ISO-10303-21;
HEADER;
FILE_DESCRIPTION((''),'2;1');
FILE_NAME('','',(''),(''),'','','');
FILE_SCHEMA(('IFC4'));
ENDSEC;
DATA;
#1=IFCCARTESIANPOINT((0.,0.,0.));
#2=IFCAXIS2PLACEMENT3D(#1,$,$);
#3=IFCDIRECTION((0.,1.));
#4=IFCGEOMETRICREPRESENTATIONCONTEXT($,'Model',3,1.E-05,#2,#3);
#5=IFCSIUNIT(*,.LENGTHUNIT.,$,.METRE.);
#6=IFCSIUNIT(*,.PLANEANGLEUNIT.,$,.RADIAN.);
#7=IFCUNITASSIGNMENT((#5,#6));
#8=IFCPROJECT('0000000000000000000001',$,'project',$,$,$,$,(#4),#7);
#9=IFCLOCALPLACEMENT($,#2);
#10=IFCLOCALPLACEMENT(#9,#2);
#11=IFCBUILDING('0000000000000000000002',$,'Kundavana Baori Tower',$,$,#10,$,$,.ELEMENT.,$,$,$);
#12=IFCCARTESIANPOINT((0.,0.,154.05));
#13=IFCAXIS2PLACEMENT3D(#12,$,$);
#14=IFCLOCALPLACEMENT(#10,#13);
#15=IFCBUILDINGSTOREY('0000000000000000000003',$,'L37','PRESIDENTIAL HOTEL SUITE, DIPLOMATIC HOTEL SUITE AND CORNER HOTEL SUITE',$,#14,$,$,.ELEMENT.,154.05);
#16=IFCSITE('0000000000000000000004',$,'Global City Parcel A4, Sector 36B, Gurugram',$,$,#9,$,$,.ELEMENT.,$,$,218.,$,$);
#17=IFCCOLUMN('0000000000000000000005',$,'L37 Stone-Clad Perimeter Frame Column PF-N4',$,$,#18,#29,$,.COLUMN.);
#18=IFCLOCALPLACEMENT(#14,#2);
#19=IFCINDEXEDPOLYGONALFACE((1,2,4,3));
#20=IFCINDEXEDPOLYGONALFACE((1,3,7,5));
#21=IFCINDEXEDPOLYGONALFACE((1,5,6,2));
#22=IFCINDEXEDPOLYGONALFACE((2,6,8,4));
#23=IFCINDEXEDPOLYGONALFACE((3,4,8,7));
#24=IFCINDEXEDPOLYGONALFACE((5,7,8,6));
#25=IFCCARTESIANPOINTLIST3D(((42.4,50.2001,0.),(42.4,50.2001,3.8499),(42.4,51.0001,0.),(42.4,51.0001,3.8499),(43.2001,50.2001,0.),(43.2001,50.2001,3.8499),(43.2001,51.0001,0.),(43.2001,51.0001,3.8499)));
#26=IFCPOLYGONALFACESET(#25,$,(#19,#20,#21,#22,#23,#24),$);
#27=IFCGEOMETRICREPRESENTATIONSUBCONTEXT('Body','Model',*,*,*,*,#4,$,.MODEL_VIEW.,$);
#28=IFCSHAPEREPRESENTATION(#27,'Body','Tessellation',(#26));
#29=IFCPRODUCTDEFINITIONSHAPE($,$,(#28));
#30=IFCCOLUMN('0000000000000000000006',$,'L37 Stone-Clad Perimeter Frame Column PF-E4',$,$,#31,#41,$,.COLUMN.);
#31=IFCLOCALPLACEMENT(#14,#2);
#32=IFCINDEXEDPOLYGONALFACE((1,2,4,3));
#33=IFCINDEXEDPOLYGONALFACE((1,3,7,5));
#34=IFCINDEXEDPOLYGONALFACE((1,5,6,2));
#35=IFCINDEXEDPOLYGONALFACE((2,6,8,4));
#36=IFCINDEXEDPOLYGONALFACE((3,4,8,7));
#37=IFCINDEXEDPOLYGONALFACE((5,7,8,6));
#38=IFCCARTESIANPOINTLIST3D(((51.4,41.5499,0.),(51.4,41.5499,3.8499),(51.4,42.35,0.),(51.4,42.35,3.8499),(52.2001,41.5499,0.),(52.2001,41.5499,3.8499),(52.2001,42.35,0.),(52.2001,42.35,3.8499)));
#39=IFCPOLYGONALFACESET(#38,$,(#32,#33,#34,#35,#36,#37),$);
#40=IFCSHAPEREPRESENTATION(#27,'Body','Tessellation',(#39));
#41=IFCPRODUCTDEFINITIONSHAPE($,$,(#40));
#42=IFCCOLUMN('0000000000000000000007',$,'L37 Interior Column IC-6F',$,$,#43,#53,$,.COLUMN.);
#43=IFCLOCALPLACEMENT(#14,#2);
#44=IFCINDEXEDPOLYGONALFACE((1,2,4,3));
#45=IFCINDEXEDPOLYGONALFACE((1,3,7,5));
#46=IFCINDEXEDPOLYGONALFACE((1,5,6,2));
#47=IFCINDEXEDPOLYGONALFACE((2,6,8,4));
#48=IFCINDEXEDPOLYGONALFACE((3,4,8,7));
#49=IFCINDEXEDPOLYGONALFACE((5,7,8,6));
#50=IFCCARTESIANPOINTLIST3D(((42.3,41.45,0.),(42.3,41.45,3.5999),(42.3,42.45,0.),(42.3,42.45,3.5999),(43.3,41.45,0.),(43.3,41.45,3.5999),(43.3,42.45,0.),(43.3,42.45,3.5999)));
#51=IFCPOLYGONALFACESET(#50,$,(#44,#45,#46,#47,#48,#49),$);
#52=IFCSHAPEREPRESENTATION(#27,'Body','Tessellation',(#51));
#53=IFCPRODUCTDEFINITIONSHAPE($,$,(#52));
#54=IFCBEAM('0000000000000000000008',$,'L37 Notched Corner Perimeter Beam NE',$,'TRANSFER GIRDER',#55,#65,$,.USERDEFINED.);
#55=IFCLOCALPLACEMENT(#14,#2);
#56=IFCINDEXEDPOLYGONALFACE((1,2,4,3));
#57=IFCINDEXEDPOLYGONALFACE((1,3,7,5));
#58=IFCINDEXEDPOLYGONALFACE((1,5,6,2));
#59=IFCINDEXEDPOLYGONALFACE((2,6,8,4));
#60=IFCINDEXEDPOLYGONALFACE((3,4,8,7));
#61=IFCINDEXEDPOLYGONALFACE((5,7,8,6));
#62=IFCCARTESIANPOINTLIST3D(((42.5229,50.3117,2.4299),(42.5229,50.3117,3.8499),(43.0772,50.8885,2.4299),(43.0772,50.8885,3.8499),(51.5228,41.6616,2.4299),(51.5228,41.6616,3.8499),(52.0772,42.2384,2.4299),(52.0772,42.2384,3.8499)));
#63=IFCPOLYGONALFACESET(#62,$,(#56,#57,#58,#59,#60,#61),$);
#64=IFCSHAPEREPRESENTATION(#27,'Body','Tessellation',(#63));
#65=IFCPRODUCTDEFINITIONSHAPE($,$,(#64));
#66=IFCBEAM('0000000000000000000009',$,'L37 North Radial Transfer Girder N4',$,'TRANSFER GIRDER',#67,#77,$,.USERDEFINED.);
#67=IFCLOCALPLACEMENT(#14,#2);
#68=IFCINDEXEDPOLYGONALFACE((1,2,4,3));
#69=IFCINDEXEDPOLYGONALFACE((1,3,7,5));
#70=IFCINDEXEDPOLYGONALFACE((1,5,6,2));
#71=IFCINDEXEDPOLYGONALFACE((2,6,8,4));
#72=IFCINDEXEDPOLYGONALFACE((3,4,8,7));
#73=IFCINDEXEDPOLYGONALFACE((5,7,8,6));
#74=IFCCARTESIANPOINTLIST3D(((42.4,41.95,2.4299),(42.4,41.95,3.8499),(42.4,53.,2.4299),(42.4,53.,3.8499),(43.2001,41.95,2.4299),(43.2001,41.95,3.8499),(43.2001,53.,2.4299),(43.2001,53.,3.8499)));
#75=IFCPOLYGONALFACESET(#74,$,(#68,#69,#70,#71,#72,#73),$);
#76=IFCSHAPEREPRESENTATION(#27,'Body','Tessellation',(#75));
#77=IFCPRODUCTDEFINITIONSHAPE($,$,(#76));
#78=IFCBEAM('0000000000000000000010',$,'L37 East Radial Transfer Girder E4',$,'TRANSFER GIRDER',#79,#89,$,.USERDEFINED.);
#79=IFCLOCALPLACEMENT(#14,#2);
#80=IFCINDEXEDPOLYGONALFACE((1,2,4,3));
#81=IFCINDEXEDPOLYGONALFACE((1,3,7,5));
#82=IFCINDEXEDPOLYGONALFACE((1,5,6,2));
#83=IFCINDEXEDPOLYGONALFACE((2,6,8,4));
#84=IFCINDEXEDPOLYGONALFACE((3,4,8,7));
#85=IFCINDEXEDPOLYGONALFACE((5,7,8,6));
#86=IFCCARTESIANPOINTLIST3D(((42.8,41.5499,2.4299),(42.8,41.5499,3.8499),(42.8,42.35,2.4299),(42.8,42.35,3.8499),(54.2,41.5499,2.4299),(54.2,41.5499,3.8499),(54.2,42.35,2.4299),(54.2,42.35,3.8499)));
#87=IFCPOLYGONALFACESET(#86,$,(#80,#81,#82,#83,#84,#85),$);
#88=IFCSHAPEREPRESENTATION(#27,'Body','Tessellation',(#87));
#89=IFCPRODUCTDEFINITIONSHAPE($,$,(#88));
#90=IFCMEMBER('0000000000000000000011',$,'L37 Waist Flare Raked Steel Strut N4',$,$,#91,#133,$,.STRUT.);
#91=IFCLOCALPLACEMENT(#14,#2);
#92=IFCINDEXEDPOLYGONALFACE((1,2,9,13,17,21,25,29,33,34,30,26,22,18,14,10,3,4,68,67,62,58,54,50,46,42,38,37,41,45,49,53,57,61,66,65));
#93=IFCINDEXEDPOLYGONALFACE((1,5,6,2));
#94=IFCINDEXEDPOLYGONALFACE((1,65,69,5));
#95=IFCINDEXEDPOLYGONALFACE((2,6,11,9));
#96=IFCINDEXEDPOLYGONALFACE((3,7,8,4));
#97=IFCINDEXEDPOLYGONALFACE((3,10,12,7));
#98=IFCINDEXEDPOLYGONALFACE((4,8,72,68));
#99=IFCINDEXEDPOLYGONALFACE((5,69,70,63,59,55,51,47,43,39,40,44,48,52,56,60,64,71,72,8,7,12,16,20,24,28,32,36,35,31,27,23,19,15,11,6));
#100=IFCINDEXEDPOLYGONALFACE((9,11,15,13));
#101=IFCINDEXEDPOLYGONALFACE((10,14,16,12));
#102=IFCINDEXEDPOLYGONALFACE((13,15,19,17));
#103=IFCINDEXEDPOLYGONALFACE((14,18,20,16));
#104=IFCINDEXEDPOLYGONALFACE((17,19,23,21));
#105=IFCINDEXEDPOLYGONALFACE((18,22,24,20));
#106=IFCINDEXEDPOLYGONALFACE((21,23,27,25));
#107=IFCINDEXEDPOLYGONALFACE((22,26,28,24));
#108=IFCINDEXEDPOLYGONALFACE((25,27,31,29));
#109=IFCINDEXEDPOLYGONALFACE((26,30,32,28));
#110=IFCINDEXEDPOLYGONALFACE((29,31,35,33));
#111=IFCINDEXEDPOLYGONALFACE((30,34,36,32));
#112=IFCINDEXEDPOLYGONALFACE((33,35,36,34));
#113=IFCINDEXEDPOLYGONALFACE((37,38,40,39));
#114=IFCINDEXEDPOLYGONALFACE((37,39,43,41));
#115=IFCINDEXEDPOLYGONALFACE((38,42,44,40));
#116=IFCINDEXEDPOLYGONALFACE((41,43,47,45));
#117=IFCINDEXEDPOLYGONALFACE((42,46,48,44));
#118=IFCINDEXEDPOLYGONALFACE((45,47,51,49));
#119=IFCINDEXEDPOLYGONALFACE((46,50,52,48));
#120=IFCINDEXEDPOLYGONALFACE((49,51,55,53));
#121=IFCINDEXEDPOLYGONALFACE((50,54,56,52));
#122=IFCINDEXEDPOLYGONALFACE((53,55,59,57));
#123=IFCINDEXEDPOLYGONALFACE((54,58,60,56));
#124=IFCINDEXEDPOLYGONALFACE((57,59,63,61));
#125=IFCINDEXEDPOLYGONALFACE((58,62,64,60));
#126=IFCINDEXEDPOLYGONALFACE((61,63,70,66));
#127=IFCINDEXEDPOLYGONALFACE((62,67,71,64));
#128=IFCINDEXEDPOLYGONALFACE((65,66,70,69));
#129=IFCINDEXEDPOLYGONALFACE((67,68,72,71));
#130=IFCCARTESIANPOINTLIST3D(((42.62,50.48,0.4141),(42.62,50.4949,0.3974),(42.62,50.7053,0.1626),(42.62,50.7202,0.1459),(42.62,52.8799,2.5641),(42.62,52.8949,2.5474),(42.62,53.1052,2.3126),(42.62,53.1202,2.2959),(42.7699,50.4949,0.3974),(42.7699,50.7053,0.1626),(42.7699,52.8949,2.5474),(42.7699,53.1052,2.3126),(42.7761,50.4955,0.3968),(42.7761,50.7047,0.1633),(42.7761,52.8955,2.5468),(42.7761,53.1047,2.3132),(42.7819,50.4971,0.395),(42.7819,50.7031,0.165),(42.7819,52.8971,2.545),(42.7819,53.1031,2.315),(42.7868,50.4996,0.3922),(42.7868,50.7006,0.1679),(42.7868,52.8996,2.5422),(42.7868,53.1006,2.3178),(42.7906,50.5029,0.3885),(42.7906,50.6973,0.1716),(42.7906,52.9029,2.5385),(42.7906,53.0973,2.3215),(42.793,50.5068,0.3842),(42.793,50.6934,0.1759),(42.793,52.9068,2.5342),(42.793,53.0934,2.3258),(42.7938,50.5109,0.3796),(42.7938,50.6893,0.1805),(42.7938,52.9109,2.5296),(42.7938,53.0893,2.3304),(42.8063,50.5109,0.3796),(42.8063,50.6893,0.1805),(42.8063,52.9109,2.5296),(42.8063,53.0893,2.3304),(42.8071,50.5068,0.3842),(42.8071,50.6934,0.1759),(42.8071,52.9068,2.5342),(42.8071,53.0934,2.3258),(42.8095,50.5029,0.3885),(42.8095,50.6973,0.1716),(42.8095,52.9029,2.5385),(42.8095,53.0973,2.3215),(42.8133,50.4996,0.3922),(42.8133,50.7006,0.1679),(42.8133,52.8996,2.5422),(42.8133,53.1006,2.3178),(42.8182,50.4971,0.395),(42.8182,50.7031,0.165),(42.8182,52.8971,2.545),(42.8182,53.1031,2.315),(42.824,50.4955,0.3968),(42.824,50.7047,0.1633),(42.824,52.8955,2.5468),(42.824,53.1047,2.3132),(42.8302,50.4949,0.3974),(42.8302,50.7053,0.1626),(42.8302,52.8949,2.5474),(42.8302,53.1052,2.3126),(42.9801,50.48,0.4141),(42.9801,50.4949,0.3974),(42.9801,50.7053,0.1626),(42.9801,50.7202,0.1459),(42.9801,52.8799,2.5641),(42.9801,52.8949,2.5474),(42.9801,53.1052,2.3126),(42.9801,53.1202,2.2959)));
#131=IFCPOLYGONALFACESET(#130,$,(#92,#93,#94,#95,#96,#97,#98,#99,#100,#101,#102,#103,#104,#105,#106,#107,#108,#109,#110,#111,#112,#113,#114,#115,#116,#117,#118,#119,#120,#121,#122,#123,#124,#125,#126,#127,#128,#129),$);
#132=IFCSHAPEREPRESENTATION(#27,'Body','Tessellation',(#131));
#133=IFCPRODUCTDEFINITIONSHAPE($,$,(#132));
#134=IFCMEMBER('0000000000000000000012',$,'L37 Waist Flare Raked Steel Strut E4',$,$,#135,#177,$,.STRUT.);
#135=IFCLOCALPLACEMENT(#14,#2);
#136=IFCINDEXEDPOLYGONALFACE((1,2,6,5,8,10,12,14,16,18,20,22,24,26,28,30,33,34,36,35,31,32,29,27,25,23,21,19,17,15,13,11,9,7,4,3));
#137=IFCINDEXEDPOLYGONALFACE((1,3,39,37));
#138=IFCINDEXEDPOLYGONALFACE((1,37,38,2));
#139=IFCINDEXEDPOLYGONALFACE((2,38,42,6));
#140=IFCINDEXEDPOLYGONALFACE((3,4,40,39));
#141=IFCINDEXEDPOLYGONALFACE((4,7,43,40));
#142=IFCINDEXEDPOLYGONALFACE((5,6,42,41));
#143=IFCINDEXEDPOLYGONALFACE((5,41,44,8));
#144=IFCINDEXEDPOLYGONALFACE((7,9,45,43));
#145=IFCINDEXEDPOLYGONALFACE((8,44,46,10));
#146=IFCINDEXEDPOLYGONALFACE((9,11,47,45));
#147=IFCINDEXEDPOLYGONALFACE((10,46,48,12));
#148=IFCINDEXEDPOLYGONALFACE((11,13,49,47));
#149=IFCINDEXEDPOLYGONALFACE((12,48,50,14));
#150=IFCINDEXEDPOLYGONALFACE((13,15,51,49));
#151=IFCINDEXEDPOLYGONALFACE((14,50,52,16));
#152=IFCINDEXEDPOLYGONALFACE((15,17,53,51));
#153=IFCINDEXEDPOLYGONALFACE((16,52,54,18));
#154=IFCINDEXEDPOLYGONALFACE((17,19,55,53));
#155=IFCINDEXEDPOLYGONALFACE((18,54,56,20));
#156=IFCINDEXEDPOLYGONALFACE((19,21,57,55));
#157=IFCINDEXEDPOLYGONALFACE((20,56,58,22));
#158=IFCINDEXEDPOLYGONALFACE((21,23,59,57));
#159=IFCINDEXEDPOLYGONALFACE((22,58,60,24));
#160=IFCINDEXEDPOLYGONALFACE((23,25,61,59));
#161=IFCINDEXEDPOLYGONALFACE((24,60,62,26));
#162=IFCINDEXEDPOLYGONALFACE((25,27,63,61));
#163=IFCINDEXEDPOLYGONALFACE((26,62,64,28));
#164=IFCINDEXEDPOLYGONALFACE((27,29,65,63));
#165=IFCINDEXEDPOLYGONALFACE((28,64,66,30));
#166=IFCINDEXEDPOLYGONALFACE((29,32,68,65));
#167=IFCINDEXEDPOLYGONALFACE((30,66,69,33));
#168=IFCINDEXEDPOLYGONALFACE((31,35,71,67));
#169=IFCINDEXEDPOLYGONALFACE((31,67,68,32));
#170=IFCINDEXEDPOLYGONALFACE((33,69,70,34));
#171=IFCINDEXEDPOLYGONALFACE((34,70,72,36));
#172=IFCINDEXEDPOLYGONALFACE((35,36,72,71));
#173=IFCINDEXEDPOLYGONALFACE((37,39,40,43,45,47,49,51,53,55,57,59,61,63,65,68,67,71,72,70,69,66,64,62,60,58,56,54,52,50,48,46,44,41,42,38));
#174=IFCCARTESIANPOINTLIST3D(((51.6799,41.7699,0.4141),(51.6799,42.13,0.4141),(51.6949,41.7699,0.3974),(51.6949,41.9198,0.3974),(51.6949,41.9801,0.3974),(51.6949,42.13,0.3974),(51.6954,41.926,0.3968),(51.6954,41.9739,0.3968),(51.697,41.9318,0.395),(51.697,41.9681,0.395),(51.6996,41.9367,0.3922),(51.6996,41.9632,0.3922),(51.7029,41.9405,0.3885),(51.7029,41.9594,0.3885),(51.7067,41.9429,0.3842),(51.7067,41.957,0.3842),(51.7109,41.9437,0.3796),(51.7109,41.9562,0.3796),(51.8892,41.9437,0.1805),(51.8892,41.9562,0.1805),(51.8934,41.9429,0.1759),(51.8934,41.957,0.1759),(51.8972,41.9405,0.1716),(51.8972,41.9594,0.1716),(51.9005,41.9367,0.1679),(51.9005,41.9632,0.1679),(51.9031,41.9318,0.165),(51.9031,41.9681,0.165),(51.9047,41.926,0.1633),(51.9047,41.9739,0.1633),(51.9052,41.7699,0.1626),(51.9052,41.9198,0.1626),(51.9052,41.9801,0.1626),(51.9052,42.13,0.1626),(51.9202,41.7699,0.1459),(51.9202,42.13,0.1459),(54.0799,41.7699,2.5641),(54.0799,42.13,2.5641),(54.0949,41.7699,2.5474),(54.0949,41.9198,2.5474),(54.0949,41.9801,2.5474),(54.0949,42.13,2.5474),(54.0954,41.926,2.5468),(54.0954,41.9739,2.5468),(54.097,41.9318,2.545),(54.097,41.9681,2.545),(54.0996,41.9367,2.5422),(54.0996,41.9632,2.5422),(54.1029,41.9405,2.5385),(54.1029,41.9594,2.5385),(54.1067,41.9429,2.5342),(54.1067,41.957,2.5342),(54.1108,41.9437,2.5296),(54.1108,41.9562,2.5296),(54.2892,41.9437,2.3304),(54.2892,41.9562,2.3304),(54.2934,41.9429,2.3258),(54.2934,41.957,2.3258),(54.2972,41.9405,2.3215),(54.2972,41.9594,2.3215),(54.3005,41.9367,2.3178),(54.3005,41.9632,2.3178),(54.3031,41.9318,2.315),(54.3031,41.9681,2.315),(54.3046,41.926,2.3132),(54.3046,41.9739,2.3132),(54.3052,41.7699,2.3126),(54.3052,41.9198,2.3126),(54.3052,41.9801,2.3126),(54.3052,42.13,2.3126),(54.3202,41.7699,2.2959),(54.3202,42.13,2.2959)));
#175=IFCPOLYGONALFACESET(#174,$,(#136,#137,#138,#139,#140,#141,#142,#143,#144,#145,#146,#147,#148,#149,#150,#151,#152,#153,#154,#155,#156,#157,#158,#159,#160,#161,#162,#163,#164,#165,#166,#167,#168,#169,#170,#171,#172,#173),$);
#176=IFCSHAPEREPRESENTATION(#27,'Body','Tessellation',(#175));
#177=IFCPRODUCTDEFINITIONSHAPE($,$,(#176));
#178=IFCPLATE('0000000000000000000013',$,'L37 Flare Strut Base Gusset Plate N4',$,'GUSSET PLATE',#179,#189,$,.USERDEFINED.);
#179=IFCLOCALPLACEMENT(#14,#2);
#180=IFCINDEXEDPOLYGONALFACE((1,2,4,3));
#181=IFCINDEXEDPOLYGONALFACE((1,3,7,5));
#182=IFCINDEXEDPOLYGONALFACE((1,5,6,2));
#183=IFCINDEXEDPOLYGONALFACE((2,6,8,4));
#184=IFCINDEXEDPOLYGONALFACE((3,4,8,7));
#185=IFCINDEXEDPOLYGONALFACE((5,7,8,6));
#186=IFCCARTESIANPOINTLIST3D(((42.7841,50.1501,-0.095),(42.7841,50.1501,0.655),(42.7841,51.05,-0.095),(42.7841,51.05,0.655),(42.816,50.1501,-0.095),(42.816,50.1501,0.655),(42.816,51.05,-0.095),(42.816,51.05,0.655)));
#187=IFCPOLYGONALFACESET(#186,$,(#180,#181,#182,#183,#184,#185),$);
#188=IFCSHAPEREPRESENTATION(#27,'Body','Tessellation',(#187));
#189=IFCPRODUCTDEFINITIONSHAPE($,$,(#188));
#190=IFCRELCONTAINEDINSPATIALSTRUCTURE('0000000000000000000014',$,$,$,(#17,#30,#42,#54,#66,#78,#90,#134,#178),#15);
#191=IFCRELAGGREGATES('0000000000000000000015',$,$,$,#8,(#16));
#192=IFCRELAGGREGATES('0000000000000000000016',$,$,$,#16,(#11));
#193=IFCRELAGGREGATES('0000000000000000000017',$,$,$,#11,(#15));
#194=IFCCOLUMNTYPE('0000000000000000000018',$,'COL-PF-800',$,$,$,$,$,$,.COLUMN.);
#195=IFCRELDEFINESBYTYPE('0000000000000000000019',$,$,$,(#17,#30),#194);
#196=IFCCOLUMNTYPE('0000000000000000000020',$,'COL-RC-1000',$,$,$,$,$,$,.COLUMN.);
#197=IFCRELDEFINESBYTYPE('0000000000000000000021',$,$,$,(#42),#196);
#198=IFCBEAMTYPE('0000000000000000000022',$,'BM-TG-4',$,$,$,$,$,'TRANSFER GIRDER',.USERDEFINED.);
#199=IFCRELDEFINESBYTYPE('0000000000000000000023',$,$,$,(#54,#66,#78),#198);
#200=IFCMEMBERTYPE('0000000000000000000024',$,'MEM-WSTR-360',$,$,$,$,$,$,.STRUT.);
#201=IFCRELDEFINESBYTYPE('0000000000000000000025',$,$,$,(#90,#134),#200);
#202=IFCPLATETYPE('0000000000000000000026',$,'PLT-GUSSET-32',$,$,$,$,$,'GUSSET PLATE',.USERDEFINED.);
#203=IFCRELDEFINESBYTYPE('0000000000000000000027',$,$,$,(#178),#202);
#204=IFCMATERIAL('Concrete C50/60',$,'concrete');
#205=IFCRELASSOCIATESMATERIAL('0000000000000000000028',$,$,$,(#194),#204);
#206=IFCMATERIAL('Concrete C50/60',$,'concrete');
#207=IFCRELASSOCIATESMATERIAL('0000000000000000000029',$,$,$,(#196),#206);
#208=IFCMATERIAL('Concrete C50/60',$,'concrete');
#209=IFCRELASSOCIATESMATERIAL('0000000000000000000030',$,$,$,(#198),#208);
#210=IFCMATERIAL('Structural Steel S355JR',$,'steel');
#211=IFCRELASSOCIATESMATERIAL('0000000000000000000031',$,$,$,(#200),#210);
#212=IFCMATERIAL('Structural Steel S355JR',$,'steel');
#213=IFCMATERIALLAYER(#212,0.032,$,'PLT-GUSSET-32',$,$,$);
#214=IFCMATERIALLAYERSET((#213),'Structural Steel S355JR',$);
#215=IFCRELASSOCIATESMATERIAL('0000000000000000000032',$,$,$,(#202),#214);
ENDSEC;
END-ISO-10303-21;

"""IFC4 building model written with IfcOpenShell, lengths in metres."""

from ifc_helpers import new_model, si_unit, direction, frame, origin, origin_2d, place, context, subcontext, project, spatial, rectangle, i_section, extrude, material, layer, layer_set, material_profile, profile_set, type_object, element, save


model = new_model("IFC4")

# Units and contexts
model_context = context("Model", 3, precision=1e-05, world=origin(), true_north=direction((0.0, 1.0)))
body_context = subcontext(model_context, "Body", "Model", "MODEL_VIEW")
ifc_project = project(units=[si_unit("LENGTHUNIT", "METRE"), si_unit("PLANEANGLEUNIT", "RADIAN")], contexts=[model_context])

# Site, building, storey
site_placement = place(None, origin())
site = spatial("IfcSite", under=ifc_project, at=site_placement, Name="Global City Parcel A4, Sector 36B, Gurugram", CompositionType="ELEMENT", RefElevation=218.0)
building_placement = place(site_placement, origin())
building = spatial("IfcBuilding", under=site, at=building_placement, Name="Kundavana Baori Tower", CompositionType="ELEMENT")
storey_placement = place(building_placement, frame((0.0, 0.0, 154.05)))
storey = spatial("IfcBuildingStorey", under=building, at=storey_placement, Name="L37", Description="PRESIDENTIAL HOTEL SUITE, DIPLOMATIC HOTEL SUITE AND CORNER HOTEL SUITE", CompositionType="ELEMENT", Elevation=154.05)

# Columns
ifc_material_1 = material(Name="Concrete C50/60", Category="concrete")
ifc_material_profile_1 = material_profile(ifc_material_1, rectangle(XDim=0.8, YDim=0.8, at=origin_2d()), Name="RC PF 800x800")
ifc_profile_set_1 = profile_set([ifc_material_profile_1], Name="Concrete C50/60")
column_type_1 = type_object("IfcColumnType", Name="COL-PF-800", PredefinedType="COLUMN", material=ifc_profile_set_1)
for number, where, z_axis, x_axis, name in (
    (1, (42.8, 50.6001, 0.0), (0.0, 0.0, 1.0), (1.0, 0.0, 0.0), "L37 Stone-Clad Perimeter Frame Column PF-N4"),
    (2, (51.8, 41.95, 0.0), (0.0, 0.0, 1.0), (1.0, 0.0, 0.0), "L37 Stone-Clad Perimeter Frame Column PF-E4"),
):
    element("IfcColumn", number, at=place(storey_placement, frame(where, z_axis=z_axis, x_axis=x_axis)), inside=storey, type_object=column_type_1, Name=name, PredefinedType="COLUMN", context=body_context, shape_type="SweptSolid", body=[
        extrude(rectangle(XDim=0.8, YDim=0.8, at=origin_2d()), origin(), (0.0, 0.0, 1.0), 3.8499),
    ])
ifc_material_2 = material(Name="Concrete C50/60", Category="concrete")
ifc_material_profile_2 = material_profile(ifc_material_2, rectangle(XDim=1.0, YDim=1.0, at=origin_2d()), Name="RC 1000x1000")
ifc_profile_set_2 = profile_set([ifc_material_profile_2], Name="Concrete C50/60")
column_type_2 = type_object("IfcColumnType", Name="COL-RC-1000", PredefinedType="COLUMN", material=ifc_profile_set_2)
column_placement = place(storey_placement, frame((42.8, 41.95, 0.0), z_axis=(0.0, 0.0, 1.0), x_axis=(1.0, 0.0, 0.0)))
element("IfcColumn", 3, at=column_placement, inside=storey, type_object=column_type_2, Name="L37 Interior Column IC-6F", PredefinedType="COLUMN", context=body_context, shape_type="SweptSolid", body=[
    extrude(rectangle(XDim=1.0, YDim=1.0, at=origin_2d()), origin(), (0.0, 0.0, 1.0), 3.5999),
])

# Beams
ifc_material_3 = material(Name="Concrete C50/60", Category="concrete")
ifc_material_profile_3 = material_profile(ifc_material_3, rectangle(XDim=0.8, YDim=1.4199, at=origin_2d()), Name="BM-TG-4")
ifc_profile_set_3 = profile_set([ifc_material_profile_3], Name="Concrete C50/60")
beam_type = type_object("IfcBeamType", Name="BM-TG-4", ElementType="TRANSFER GIRDER", PredefinedType="USERDEFINED", material=ifc_profile_set_3)
beam_1_placement = place(storey_placement, frame((42.8, 50.6001, 3.1399), z_axis=(0.720981, -0.692955, 0.0), x_axis=(0.692955, 0.720981, 0.0)))
element("IfcBeam", 4, at=beam_1_placement, inside=storey, type_object=beam_type, Name="L37 Notched Corner Perimeter Beam NE", ObjectType="TRANSFER GIRDER", PredefinedType="USERDEFINED", context=body_context, shape_type="SweptSolid", body=[
    extrude(rectangle(XDim=0.8, YDim=1.4199, at=origin_2d()), origin(), (0.0, 0.0, 1.0), 12.4829),
])
beam_2_placement = place(storey_placement, frame((42.8, 41.95, 3.1399), z_axis=(0.0, 1.0, 0.0), x_axis=(-1.0, 0.0, 0.0)))
element("IfcBeam", 5, at=beam_2_placement, inside=storey, type_object=beam_type, Name="L37 North Radial Transfer Girder N4", ObjectType="TRANSFER GIRDER", PredefinedType="USERDEFINED", context=body_context, shape_type="SweptSolid", body=[
    extrude(rectangle(XDim=0.8, YDim=1.4199, at=origin_2d()), origin(), (0.0, 0.0, 1.0), 11.05),
])
beam_3_placement = place(storey_placement, frame((42.8, 41.95, 3.1399), z_axis=(1.0, 0.0, 0.0), x_axis=(0.0, 1.0, 0.0)))
element("IfcBeam", 6, at=beam_3_placement, inside=storey, type_object=beam_type, Name="L37 East Radial Transfer Girder E4", ObjectType="TRANSFER GIRDER", PredefinedType="USERDEFINED", context=body_context, shape_type="SweptSolid", body=[
    extrude(rectangle(XDim=0.8, YDim=1.4199, at=origin_2d()), origin(), (0.0, 0.0, 1.0), 11.3999),
])

# Members
ifc_material_4 = material(Name="Structural Steel S355JR", Category="steel")
ifc_material_profile_4 = material_profile(ifc_material_4, i_section(OverallWidth=0.3601, OverallDepth=0.3601, WebThickness=0.0125, FlangeThickness=0.0225, FilletRadius=0.0239, at=origin_2d()), Name="WPB 360x360x142")
ifc_profile_set_4 = profile_set([ifc_material_profile_4], Name="Structural Steel S355JR")
member_type = type_object("IfcMemberType", Name="MEM-WSTR-360", PredefinedType="STRUT", material=ifc_profile_set_4)
for number, where, z_axis, x_axis, name in (
    (7, (42.8, 50.6001, 0.28), (0.0, 0.744837, 0.667247), (-1.0, 0.0, 0.0), "L37 Waist Flare Raked Steel Strut N4"),
    (8, (51.8, 41.95, 0.28), (0.744837, 0.0, 0.667247), (0.0, 1.0, 0.0), "L37 Waist Flare Raked Steel Strut E4"),
):
    element("IfcMember", number, at=place(storey_placement, frame(where, z_axis=z_axis, x_axis=x_axis)), inside=storey, type_object=member_type, Name=name, PredefinedType="STRUT", context=body_context, shape_type="SweptSolid", body=[
        extrude(i_section(OverallWidth=0.3601, OverallDepth=0.3601, WebThickness=0.0125, FlangeThickness=0.0225, FilletRadius=0.0239, at=origin_2d()), origin(), (0.0, 0.0, 1.0), 3.2222),
    ])

# Plate
ifc_material_5 = material(Name="Structural Steel S355JR", Category="steel")
ifc_layer_1 = layer(ifc_material_5, 0.032, Name="PLT-GUSSET-32")
ifc_layer_set_1 = layer_set([ifc_layer_1], Name="Structural Steel S355JR")
plate_type = type_object("IfcPlateType", Name="PLT-GUSSET-32", ElementType="GUSSET PLATE", PredefinedType="USERDEFINED", material=ifc_layer_set_1)
for number, where, z_axis, x_axis, name in (
    (9, (42.8, 50.6001, -0.095), (0.0, 0.0, 1.0), (1.0, 0.0, 0.0), "L37 Flare Strut Base Gusset Plate N4"),
):
    element("IfcPlate", number, at=place(storey_placement, frame(where, z_axis=z_axis, x_axis=x_axis)), inside=storey, type_object=plate_type, Name=name, ObjectType="GUSSET PLATE", PredefinedType="USERDEFINED", context=body_context, shape_type="SweptSolid", body=[
        extrude(rectangle(XDim=0.032, YDim=0.8999, at=origin_2d()), origin(), (0.0, 0.0, 1.0), 0.75),
    ])

save(model, "model.ifc")
